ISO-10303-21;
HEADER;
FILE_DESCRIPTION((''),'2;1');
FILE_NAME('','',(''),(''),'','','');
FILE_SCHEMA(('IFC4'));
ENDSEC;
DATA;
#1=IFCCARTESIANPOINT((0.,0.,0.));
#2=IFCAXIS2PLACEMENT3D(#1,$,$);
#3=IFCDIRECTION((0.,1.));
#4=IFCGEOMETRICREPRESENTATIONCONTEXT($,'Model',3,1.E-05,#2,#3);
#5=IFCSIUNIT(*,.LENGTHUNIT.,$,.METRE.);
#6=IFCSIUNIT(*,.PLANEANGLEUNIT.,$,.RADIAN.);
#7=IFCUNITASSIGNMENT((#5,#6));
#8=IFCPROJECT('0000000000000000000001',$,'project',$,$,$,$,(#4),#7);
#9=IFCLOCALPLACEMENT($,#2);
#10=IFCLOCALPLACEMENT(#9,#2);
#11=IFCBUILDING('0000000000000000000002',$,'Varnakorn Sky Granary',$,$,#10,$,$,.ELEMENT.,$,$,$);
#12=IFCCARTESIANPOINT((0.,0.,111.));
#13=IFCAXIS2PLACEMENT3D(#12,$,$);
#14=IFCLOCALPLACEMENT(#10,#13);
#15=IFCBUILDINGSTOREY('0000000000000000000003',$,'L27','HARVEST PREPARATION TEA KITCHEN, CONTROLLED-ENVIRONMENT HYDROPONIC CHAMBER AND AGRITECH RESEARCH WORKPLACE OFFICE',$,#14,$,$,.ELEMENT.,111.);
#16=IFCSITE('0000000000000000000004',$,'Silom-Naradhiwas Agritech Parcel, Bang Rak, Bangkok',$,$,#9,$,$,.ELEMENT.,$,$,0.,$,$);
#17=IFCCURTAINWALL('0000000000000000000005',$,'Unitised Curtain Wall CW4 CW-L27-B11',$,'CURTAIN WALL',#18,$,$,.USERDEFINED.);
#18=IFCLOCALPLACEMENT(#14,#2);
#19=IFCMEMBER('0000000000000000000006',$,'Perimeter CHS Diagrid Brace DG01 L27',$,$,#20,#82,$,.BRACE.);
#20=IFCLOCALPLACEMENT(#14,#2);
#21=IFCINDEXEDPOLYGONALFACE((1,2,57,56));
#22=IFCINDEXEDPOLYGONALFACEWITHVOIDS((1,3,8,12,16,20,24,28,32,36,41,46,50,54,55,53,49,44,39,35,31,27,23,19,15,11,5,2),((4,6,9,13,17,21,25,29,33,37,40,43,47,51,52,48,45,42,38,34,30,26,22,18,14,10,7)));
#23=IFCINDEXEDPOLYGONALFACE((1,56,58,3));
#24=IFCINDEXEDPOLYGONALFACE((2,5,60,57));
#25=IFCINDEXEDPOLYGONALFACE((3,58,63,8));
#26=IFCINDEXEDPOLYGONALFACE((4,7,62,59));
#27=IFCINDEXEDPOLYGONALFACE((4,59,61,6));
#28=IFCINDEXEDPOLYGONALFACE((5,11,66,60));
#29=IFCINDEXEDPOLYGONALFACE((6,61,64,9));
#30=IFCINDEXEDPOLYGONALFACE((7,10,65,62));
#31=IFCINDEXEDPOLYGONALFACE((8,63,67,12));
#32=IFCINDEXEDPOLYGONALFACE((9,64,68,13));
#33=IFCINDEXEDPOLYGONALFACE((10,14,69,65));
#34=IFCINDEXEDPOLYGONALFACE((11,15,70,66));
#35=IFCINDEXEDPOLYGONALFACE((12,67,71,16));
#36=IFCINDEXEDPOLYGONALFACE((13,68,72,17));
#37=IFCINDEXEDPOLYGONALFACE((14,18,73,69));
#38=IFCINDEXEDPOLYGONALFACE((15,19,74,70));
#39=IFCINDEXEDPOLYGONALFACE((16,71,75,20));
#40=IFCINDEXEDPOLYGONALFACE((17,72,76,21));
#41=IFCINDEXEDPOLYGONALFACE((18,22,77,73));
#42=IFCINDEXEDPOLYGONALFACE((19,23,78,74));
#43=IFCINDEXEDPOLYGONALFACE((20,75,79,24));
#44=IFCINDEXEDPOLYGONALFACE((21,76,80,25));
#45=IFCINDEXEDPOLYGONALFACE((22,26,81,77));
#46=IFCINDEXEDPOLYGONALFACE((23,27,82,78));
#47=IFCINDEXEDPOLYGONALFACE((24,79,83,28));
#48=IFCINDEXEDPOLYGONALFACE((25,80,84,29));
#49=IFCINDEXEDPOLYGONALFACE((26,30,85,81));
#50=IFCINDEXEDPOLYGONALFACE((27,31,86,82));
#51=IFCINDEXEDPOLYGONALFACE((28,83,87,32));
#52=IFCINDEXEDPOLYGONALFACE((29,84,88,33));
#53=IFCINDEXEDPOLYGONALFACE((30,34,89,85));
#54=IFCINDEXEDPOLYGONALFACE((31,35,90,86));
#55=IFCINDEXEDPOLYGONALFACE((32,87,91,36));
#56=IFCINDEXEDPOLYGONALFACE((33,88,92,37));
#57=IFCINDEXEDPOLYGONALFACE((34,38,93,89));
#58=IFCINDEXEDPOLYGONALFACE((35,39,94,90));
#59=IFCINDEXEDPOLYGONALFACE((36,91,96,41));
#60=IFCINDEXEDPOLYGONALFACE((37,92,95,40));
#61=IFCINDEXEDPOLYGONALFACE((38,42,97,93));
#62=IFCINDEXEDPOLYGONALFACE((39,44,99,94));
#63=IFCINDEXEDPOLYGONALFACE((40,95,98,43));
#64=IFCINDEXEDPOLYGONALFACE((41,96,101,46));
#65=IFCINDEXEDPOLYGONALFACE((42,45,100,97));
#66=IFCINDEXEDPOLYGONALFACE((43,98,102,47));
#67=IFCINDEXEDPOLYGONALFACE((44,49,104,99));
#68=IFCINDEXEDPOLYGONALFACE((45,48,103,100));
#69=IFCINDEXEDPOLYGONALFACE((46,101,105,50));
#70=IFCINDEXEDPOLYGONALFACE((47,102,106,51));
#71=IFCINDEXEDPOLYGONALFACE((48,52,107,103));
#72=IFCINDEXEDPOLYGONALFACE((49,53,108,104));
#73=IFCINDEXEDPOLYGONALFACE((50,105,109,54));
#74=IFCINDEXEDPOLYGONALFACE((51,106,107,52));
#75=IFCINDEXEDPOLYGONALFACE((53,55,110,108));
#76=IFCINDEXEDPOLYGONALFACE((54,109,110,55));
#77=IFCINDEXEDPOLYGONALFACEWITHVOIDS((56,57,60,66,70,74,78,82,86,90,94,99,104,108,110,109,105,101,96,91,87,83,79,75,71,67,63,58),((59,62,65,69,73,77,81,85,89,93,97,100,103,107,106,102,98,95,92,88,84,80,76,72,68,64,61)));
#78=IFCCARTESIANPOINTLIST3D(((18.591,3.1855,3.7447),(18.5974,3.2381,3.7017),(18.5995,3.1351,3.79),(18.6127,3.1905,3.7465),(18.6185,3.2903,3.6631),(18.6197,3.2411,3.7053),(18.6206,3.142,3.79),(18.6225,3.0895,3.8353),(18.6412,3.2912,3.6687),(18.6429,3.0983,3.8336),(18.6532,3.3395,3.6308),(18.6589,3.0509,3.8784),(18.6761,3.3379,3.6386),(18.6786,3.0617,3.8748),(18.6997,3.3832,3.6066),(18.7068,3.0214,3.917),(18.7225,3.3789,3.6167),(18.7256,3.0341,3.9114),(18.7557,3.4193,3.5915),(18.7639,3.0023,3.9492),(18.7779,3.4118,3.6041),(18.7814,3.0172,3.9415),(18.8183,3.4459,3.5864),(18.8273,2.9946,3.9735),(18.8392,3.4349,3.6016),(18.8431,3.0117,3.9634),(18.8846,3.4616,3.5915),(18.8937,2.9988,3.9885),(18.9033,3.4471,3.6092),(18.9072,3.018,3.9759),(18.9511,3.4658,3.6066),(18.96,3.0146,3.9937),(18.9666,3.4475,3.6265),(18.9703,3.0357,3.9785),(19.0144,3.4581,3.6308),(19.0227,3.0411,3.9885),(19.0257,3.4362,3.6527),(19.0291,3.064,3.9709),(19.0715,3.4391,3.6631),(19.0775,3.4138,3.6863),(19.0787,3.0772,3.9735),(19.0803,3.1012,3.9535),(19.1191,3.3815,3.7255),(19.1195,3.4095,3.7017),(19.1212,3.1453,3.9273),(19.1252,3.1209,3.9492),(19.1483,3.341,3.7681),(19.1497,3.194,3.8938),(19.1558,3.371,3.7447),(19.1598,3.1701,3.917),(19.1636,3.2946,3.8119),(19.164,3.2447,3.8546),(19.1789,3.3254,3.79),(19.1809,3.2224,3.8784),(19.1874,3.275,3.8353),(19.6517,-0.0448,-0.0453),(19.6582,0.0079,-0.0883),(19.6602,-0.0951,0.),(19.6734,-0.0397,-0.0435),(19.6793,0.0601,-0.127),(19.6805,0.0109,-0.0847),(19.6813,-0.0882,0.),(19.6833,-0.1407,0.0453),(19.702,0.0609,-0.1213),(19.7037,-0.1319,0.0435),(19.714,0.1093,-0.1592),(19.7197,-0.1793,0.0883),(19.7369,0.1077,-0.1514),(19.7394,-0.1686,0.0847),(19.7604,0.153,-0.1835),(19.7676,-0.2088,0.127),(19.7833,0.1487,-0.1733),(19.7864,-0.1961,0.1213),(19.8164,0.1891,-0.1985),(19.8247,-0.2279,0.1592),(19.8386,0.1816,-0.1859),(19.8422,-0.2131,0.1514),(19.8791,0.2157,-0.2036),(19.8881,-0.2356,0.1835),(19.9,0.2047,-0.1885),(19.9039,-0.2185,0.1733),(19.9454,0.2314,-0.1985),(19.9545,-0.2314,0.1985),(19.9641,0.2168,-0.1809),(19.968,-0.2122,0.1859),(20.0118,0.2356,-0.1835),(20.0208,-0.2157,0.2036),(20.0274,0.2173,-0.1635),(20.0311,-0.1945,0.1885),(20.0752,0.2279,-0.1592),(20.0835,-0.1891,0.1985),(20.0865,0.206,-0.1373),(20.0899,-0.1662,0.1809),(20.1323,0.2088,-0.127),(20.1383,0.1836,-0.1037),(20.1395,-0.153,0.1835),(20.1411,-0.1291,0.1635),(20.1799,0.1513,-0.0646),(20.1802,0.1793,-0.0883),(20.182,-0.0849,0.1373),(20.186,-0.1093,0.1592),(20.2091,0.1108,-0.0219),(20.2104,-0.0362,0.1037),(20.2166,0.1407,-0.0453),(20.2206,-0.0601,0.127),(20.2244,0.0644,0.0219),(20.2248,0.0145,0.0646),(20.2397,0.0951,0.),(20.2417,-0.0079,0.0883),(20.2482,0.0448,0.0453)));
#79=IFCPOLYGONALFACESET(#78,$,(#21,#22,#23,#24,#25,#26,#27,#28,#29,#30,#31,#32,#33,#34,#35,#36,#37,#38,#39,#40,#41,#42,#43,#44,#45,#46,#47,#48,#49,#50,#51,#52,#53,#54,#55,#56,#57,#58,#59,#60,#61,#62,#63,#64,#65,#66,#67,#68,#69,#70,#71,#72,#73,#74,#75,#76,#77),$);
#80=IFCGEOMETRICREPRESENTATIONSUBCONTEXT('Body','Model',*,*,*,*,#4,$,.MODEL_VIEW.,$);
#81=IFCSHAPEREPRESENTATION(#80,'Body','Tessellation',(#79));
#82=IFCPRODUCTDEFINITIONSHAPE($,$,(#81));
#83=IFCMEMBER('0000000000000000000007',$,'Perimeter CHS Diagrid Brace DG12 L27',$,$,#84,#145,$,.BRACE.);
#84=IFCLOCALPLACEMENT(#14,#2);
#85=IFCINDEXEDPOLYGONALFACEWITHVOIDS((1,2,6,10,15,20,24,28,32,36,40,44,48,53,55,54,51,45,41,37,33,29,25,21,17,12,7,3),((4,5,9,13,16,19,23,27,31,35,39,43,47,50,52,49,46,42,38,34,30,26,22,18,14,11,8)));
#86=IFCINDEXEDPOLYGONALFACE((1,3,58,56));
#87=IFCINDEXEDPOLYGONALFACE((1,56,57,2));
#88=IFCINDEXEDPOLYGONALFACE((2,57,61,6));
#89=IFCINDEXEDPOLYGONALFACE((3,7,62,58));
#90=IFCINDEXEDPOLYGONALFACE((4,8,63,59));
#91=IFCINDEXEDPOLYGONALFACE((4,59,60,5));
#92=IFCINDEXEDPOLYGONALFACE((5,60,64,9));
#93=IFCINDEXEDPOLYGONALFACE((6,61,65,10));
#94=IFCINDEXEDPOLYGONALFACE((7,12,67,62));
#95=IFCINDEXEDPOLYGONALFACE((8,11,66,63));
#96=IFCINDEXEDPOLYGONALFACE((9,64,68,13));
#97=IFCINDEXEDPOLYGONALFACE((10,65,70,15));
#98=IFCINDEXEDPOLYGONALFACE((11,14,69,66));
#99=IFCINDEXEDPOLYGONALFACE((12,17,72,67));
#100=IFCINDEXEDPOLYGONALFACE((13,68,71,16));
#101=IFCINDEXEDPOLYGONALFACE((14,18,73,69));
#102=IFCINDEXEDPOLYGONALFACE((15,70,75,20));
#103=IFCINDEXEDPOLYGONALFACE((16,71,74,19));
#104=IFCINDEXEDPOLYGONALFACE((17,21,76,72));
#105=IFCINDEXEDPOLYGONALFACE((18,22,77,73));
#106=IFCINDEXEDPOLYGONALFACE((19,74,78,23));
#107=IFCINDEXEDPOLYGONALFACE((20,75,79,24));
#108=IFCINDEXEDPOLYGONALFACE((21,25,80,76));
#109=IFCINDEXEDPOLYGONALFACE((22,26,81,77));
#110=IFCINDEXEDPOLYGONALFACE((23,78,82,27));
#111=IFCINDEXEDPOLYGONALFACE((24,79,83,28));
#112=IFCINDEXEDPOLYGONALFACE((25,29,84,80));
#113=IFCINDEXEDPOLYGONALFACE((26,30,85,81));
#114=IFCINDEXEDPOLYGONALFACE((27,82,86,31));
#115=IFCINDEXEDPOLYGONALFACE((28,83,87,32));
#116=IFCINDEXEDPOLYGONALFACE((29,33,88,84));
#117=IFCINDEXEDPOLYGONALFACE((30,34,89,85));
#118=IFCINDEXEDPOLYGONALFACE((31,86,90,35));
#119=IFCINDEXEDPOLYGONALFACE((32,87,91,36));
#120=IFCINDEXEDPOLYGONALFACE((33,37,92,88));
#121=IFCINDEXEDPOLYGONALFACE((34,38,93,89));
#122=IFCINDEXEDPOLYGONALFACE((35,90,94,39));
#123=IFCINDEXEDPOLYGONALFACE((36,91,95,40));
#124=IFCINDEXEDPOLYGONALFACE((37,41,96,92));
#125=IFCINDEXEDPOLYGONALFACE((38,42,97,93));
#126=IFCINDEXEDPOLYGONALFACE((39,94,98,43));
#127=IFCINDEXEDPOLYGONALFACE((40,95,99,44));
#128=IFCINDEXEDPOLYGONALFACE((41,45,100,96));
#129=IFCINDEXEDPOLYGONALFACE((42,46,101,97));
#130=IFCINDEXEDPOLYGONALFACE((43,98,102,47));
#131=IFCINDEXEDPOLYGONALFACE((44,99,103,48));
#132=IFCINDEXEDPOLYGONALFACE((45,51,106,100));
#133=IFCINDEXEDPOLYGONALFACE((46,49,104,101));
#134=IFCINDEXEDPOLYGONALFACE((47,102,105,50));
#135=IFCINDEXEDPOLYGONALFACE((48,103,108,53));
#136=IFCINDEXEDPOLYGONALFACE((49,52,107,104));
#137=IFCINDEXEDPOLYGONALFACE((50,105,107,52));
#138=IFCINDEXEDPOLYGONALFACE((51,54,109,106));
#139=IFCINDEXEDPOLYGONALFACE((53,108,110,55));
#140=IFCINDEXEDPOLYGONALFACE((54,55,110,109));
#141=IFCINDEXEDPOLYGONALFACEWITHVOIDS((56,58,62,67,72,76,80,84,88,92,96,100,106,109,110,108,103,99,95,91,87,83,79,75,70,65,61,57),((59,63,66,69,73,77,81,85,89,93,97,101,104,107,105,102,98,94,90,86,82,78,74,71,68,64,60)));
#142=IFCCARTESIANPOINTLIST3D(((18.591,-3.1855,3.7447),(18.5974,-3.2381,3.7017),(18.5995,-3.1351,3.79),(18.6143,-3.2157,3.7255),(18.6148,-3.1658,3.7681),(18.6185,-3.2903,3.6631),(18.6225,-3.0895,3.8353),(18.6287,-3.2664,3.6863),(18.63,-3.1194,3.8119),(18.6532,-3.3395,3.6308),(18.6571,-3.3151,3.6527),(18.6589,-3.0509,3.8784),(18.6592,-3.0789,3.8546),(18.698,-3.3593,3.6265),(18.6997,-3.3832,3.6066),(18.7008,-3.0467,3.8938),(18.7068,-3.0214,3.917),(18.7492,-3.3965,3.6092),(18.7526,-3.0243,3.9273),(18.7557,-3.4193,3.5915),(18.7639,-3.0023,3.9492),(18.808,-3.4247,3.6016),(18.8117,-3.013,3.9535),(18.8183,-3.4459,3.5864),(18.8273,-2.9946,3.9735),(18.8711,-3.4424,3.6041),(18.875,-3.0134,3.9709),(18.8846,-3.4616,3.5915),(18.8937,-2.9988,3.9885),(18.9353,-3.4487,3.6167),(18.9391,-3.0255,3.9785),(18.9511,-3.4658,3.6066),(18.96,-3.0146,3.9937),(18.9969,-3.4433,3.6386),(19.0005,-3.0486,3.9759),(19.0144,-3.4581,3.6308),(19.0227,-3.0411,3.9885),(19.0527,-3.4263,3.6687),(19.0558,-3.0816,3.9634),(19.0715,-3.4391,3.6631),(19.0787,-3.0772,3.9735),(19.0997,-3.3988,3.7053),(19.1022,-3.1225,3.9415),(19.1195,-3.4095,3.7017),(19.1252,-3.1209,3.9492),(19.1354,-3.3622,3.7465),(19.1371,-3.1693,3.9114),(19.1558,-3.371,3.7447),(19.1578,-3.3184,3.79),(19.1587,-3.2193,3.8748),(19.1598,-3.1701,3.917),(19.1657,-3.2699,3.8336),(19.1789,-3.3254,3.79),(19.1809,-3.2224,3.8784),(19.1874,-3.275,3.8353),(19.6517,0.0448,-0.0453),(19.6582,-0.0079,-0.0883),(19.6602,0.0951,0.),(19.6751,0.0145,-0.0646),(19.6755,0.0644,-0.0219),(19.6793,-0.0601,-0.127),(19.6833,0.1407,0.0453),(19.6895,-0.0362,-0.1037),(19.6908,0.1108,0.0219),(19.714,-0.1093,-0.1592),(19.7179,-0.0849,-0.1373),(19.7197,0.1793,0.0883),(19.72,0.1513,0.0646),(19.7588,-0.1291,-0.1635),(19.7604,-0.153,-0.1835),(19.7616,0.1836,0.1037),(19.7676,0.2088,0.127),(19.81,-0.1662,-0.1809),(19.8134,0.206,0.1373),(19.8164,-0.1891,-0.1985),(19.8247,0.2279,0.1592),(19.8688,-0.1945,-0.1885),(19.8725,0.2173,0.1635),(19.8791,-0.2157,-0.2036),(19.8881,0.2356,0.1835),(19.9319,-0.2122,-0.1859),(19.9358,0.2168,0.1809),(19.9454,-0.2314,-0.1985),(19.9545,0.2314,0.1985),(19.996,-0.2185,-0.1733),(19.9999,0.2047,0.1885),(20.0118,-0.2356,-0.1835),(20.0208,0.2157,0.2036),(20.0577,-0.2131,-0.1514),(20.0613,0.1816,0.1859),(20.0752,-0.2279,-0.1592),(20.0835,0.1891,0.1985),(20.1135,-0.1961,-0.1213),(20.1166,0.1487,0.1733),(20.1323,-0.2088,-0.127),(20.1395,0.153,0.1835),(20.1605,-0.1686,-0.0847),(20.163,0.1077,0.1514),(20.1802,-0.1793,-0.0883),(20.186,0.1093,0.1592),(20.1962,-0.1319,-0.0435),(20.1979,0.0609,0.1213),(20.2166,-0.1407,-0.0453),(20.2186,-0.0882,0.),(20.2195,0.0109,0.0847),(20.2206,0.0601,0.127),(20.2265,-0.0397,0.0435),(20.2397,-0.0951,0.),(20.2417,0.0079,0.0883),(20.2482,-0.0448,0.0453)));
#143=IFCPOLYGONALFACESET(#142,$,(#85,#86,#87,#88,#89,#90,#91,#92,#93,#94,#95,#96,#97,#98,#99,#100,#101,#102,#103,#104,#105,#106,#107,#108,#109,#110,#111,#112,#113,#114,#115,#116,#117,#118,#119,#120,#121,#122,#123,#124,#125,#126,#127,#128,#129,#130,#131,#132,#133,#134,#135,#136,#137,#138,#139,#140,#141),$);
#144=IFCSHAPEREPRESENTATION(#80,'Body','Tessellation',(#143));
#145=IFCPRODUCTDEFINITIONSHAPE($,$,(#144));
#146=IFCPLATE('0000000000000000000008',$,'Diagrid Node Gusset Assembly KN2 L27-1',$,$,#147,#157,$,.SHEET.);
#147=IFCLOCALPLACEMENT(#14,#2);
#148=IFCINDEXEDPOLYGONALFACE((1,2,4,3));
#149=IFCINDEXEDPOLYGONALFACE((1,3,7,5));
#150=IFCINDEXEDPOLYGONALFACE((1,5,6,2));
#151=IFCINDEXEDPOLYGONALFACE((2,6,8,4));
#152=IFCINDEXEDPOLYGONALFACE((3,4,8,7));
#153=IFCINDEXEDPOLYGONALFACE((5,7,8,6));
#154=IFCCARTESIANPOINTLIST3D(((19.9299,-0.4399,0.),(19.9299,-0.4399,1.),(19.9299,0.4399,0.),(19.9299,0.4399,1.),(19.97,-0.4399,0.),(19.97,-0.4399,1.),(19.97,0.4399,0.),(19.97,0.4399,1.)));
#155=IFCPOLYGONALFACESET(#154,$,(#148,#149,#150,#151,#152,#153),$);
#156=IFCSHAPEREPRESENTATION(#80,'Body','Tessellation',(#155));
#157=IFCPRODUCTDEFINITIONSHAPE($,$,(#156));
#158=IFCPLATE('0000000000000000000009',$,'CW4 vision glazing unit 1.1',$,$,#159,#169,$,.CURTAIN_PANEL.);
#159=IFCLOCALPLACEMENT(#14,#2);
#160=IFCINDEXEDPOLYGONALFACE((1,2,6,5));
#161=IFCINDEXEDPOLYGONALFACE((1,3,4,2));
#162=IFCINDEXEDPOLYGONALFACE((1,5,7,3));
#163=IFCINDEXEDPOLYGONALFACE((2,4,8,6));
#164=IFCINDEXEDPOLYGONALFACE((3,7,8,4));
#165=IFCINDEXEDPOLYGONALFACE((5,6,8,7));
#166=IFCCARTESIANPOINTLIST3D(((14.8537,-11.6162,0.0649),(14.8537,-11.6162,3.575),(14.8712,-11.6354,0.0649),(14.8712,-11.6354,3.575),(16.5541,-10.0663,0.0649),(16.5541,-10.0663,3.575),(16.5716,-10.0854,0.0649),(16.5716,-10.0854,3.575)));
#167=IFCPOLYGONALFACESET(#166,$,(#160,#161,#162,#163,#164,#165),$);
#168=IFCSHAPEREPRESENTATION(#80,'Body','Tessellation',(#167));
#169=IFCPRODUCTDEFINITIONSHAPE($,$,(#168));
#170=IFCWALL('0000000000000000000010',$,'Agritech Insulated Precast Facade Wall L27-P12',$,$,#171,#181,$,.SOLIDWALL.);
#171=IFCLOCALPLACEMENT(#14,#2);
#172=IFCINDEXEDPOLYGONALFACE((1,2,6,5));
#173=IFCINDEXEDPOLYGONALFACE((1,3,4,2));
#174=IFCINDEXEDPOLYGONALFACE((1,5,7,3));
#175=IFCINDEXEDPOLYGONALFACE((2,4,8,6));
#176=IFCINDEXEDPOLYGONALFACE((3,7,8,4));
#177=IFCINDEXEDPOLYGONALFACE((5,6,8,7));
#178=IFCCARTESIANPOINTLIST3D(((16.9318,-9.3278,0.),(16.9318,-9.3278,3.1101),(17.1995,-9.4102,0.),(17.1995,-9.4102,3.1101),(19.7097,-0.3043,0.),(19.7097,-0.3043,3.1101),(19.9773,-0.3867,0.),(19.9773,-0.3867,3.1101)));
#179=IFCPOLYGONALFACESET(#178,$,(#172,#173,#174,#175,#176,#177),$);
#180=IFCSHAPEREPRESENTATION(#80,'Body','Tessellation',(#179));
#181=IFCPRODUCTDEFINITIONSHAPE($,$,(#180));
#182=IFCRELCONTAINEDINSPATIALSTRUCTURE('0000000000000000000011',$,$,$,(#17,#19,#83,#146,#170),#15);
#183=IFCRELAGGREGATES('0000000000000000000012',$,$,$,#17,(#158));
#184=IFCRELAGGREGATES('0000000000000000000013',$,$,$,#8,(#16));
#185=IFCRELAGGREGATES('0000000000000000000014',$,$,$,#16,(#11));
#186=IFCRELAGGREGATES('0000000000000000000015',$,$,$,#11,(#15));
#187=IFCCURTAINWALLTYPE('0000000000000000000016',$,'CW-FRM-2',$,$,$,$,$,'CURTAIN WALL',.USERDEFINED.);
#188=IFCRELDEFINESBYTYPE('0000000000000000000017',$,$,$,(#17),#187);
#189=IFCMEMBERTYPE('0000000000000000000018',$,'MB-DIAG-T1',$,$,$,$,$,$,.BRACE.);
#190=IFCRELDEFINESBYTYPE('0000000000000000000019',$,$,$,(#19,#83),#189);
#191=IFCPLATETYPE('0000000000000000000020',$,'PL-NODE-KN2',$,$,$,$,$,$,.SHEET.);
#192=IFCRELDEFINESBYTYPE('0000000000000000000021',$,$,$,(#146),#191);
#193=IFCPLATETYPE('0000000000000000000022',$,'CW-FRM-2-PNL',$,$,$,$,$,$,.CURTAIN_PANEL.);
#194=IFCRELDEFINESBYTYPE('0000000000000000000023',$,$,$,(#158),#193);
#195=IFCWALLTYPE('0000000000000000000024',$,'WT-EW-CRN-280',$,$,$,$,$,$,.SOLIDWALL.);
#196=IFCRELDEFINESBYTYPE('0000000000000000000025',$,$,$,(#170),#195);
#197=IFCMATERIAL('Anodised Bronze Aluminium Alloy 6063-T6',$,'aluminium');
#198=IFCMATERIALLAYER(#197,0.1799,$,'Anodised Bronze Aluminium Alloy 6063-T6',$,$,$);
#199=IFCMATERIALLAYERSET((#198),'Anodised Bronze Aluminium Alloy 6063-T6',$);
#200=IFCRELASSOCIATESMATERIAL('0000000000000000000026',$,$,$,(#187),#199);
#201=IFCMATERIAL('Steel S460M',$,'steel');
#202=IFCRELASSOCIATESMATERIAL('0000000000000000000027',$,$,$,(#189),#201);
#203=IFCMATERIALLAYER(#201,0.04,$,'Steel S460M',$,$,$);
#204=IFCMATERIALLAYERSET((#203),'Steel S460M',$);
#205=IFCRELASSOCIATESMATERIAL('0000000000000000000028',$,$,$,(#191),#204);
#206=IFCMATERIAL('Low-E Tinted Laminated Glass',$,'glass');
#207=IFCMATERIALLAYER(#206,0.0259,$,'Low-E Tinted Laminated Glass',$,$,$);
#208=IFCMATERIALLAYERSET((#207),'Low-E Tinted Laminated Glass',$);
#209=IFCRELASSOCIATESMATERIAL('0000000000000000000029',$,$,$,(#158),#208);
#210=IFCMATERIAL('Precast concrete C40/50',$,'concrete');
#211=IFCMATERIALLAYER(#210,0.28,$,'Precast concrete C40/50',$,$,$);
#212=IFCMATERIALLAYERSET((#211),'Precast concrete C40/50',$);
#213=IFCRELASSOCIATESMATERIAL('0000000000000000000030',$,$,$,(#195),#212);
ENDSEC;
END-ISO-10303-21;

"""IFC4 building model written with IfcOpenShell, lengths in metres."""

from ifc_helpers import new_model, si_unit, direction, frame, frame_2d, origin, origin_2d, place, context, subcontext, project, spatial, rectangle, hollow_circle, extrude, source, transform, mapped, material, layer, layer_set, material_profile, profile_set, type_object, type_shapes, element, aggregate, save


model = new_model("IFC4")

# Units and contexts
model_context = context("Model", 3, precision=1e-05, world=origin(), true_north=direction((0.0, 1.0)))
body_context = subcontext(model_context, "Body", "Model", "MODEL_VIEW")
ifc_project = project(units=[si_unit("LENGTHUNIT", "METRE"), si_unit("PLANEANGLEUNIT", "RADIAN")], contexts=[model_context])

# Site, building, storey
site_placement = place(None, origin())
site = spatial("IfcSite", under=ifc_project, at=site_placement, Name="Silom-Naradhiwas Agritech Parcel, Bang Rak, Bangkok", CompositionType="ELEMENT", RefElevation=0.0)
building_placement = place(site_placement, origin())
building = spatial("IfcBuilding", under=site, at=building_placement, Name="Varnakorn Sky Granary", CompositionType="ELEMENT")
storey_placement = place(building_placement, frame((0.0, 0.0, 111.0)))
storey = spatial("IfcBuildingStorey", under=building, at=storey_placement, Name="L27", Description="HARVEST PREPARATION TEA KITCHEN, CONTROLLED-ENVIRONMENT HYDROPONIC CHAMBER AND AGRITECH RESEARCH WORKPLACE OFFICE", CompositionType="ELEMENT", Elevation=111.0)

# Shared definitions
ifc_material_1 = material(Name="Steel S460M", Category="steel")

# Shared definitions
ifc_material_2 = material(Name="Anodised Bronze Aluminium Alloy 6063-T6", Category="aluminium")
ifc_layer_1 = layer(ifc_material_2, 0.1799, Name="Anodised Bronze Aluminium Alloy 6063-T6")
ifc_layer_set_1 = layer_set([ifc_layer_1], Name="Anodised Bronze Aluminium Alloy 6063-T6")
curtain_wall_type = type_object("IfcCurtainWallType", Name="CW-FRM-2", ElementType="CURTAIN WALL", PredefinedType="USERDEFINED", material=ifc_layer_set_1)

# Curtain wall
curtain_wall_1_placement = place(storey_placement, origin())
curtain_wall_1 = element("IfcCurtainWall", 1, at=curtain_wall_1_placement, inside=storey, type_object=curtain_wall_type, Name="Unitised Curtain Wall CW4 CW-L27-B11", ObjectType="CURTAIN WALL", PredefinedType="USERDEFINED")

# Members
ifc_material_profile_1 = material_profile(ifc_material_1, hollow_circle(Radius=0.3049, WallThickness=0.0222, at=origin_2d()), Name="CHS 610x22")
ifc_profile_set_1 = profile_set([ifc_material_profile_1], Name="Steel S460M")
member_type_1 = type_object("IfcMemberType", Name="MB-DIAG-T1", PredefinedType="BRACE", material=ifc_profile_set_1)
for number, where, z_axis, x_axis, name in (
    (2, (19.95, 0.0, 0.0), (-0.208343, 0.634427, 0.744376), (-0.950081, -0.312002, 0.0), "Perimeter CHS Diagrid Brace DG01 L27"),
    (3, (19.95, 0.0, 0.0), (-0.208343, -0.634427, 0.744376), (0.950081, -0.312002, 0.0), "Perimeter CHS Diagrid Brace DG12 L27"),
):
    element("IfcMember", number, at=place(storey_placement, frame(where, z_axis=z_axis, x_axis=x_axis)), inside=storey, type_object=member_type_1, Name=name, PredefinedType="BRACE", context=body_context, shape_type="SweptSolid", body=[
        extrude(hollow_circle(Radius=0.3049, WallThickness=0.0222, at=origin_2d()), origin(), (0.0, 0.0, 1.0), 5.0916),
    ])

# Plates
ifc_layer_2 = layer(ifc_material_1, 0.04, Name="Steel S460M")
ifc_layer_set_2 = layer_set([ifc_layer_2], Name="Steel S460M")
plate_type_1 = type_object("IfcPlateType", Name="PL-NODE-KN2", PredefinedType="SHEET", material=ifc_layer_set_2)
plate_1_placement = place(storey_placement, frame((19.95, 0.0, 0.0), z_axis=(0.0, 0.0, 1.0), x_axis=(0.0, 1.0, 0.0)))
element("IfcPlate", 4, at=plate_1_placement, inside=storey, type_object=plate_type_1, Name="Diagrid Node Gusset Assembly KN2 L27-1", PredefinedType="SHEET", context=body_context, shape_type="SweptSolid", body=[
    extrude(rectangle(XDim=0.8799, YDim=0.04, at=origin_2d()), origin(), (0.0, 0.0, 1.0), 1.0),
])
ifc_material_3 = material(Name="Low-E Tinted Laminated Glass", Category="glass")
ifc_layer_3 = layer(ifc_material_3, 0.0259, Name="Low-E Tinted Laminated Glass")
ifc_layer_set_3 = layer_set([ifc_layer_3], Name="Low-E Tinted Laminated Glass")
plate_type_2 = type_object("IfcPlateType", Name="CW-FRM-2-PNL", PredefinedType="CURTAIN_PANEL")
shared_shape_1 = source(origin(), body_context, "Body", "SweptSolid", [
    extrude(rectangle(XDim=2.3008, YDim=0.0259, at=origin_2d()), origin(), (0.0, 0.0, 1.0), 3.51),
])
type_shapes(plate_type_2, [shared_shape_1])
plate_2_placement = place(storey_placement, frame((15.7126, -10.8508, 0.0649), z_axis=(0.0, 0.0, 1.0), x_axis=(-0.739047, -0.673654, 0.0)))
plate_2 = element("IfcPlate", 5, at=plate_2_placement, type_object=plate_type_2, material=ifc_layer_set_3, Name="CW4 vision glazing unit 1.1", PredefinedType="CURTAIN_PANEL", context=body_context, shape_type="MappedRepresentation", body=[
    mapped(shared_shape_1, transform((0.0, 0.0, 0.0), x_axis=(1.0, 0.0, 0.0), y_axis=(0.0, 1.0, 0.0), z_axis=(0.0, 0.0, 1.0), scale=1.0)),
])
aggregate(curtain_wall_1, [plate_2])

# Wall
ifc_material_4 = material(Name="Precast concrete C40/50", Category="concrete")
ifc_layer_4 = layer(ifc_material_4, 0.28, Name="Precast concrete C40/50")
ifc_layer_set_4 = layer_set([ifc_layer_4], Name="Precast concrete C40/50")
wall_type_1 = type_object("IfcWallType", Name="WT-EW-CRN-280", PredefinedType="SOLIDWALL", material=ifc_layer_set_4)
wall_1_placement = place(storey_placement, frame((19.8435, -0.3455, 0.0), z_axis=(0.0, 0.0, 1.0), x_axis=(-0.29422, -0.955738, 0.0)))
element("IfcWall", 6, at=wall_1_placement, inside=storey, type_object=wall_type_1, Name="Agritech Insulated Precast Facade Wall L27-P12", PredefinedType="SOLIDWALL", context=body_context, shape_type="SweptSolid", body=[
    extrude(rectangle(XDim=9.4414, YDim=0.28, at=frame_2d((4.7207, 0.0))), origin(), (0.0, 0.0, 1.0), 3.1101),
])

save(model, "model.ifc")
